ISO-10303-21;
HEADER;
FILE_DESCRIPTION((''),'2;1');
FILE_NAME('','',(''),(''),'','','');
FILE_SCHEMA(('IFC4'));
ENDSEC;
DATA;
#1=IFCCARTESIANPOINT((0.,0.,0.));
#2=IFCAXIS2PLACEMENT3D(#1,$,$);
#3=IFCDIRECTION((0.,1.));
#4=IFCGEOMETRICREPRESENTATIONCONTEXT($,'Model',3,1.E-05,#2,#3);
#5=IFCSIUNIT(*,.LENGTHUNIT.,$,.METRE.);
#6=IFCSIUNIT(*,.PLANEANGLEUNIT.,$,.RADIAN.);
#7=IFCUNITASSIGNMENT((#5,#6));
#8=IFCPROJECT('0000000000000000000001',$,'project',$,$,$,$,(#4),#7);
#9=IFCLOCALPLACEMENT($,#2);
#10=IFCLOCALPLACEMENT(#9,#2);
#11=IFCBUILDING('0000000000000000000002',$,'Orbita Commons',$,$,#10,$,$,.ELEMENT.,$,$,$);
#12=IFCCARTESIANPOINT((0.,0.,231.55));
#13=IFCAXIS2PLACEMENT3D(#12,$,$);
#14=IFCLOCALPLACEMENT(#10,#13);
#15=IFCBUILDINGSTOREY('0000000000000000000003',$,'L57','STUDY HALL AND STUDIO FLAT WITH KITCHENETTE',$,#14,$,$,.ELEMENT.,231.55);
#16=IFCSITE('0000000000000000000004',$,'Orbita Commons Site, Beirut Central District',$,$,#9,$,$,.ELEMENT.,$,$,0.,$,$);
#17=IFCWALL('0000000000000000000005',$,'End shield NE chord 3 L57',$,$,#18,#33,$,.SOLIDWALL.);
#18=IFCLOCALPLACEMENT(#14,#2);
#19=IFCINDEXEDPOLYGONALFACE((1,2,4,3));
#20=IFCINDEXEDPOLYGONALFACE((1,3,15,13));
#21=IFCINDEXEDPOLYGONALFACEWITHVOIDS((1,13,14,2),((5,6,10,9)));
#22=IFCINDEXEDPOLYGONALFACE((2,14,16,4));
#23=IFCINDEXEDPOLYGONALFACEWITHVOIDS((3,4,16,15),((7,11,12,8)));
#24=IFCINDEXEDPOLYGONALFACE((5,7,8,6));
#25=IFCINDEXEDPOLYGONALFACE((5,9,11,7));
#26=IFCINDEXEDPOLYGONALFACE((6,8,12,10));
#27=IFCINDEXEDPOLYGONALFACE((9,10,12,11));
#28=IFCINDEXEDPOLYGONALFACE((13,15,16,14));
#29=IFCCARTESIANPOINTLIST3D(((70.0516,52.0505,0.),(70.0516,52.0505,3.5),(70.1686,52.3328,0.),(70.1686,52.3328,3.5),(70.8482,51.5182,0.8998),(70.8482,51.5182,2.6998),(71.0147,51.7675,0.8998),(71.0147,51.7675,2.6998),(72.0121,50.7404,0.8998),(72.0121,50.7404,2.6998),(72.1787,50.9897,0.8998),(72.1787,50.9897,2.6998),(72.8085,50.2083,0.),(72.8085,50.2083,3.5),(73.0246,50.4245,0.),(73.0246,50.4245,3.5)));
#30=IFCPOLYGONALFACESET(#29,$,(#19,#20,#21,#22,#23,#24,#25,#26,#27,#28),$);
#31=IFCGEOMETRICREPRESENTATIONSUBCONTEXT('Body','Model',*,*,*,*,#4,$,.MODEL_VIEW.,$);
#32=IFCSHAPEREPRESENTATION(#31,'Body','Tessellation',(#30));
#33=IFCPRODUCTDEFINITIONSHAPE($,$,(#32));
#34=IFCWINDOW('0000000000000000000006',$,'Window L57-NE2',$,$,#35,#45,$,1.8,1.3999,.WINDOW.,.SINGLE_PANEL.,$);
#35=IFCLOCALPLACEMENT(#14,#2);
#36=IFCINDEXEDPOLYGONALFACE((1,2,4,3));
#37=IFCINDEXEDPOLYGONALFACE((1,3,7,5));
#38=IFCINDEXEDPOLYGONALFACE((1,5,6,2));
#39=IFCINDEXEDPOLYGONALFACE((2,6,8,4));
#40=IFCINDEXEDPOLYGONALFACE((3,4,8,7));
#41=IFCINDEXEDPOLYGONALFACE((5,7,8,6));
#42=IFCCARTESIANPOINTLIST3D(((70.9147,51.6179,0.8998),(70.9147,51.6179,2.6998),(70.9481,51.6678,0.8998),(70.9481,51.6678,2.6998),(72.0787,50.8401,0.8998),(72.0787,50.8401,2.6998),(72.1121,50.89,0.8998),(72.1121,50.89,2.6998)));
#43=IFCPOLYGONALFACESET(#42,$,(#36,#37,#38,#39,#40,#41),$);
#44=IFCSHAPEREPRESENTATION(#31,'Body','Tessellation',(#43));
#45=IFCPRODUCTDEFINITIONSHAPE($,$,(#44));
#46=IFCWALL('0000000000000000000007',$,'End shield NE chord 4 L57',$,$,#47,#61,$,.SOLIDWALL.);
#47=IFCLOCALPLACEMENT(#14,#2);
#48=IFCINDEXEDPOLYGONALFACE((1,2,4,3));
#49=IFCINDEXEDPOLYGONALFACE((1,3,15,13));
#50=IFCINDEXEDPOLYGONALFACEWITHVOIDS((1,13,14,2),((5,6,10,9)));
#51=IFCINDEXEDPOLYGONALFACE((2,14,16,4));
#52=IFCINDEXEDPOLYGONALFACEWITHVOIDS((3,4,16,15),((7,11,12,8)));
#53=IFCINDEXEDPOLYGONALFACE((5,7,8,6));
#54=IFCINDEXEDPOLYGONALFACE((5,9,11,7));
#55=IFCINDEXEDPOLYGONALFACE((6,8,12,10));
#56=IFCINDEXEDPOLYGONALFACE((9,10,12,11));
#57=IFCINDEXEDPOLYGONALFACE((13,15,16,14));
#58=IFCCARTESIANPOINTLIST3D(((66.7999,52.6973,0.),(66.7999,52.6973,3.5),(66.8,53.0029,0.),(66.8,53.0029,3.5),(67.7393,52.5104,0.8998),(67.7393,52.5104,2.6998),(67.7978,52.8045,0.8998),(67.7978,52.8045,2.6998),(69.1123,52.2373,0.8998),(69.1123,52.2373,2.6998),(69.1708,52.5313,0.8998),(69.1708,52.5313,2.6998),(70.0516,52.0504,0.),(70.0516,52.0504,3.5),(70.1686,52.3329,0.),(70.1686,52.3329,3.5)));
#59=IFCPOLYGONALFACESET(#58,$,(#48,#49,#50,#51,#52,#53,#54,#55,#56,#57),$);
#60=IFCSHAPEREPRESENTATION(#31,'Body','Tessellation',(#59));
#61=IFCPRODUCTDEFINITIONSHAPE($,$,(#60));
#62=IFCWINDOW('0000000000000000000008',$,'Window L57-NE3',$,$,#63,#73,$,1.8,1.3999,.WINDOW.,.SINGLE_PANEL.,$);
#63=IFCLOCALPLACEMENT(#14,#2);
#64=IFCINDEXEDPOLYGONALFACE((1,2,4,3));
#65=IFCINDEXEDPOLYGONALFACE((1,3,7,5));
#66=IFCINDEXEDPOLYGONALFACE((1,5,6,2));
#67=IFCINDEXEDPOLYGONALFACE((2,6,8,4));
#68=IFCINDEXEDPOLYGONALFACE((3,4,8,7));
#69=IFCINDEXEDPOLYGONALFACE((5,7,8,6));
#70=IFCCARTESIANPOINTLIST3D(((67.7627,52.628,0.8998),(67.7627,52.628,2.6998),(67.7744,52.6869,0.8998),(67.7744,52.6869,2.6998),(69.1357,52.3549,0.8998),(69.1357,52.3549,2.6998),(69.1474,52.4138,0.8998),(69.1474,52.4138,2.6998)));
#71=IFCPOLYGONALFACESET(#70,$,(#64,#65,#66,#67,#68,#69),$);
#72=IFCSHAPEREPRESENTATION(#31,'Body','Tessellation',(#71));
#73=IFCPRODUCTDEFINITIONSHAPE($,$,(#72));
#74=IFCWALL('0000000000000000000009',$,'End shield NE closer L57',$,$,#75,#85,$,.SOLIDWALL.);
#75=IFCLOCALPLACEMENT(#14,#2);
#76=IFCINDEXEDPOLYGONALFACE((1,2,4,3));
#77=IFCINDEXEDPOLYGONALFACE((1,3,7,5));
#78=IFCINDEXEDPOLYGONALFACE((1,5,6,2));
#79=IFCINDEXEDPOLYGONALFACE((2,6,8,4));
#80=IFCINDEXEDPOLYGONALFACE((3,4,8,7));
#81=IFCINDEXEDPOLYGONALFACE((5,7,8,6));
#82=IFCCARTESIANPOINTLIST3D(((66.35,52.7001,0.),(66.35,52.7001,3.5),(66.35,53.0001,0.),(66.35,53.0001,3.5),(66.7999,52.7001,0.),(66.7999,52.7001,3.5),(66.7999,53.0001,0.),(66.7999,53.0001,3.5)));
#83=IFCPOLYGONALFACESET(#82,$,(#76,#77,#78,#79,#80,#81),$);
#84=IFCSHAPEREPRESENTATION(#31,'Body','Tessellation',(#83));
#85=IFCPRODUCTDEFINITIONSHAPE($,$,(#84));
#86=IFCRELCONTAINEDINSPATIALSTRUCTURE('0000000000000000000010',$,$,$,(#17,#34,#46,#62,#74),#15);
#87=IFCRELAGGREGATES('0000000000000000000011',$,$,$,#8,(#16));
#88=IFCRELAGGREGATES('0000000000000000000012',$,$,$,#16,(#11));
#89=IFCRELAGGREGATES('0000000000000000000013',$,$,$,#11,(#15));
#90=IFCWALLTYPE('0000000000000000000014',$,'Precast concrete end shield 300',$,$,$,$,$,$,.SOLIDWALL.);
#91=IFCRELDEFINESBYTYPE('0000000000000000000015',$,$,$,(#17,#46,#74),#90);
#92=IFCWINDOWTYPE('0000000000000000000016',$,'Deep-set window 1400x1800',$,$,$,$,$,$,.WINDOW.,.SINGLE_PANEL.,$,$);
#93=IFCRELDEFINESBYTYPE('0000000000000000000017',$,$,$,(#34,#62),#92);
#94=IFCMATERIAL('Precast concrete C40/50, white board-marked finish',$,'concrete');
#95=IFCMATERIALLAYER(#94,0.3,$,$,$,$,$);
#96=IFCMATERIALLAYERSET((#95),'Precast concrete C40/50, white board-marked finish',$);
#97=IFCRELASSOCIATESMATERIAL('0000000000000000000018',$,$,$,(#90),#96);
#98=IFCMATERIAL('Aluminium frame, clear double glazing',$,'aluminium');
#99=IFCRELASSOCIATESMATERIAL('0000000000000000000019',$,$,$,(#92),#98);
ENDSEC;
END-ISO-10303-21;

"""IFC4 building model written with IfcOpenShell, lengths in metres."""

from ifc_helpers import new_model, si_unit, direction, frame, frame_2d, origin, place, context, subcontext, project, spatial, polyline, rectangle, outline, extrude, material, layer, layer_set, type_object, element, fill, save


model = new_model("IFC4")

# Units and contexts
model_context = context("Model", 3, precision=1e-05, world=origin(), true_north=direction((0.0, 1.0)))
body_context = subcontext(model_context, "Body", "Model", "MODEL_VIEW")
ifc_project = project(units=[si_unit("LENGTHUNIT", "METRE"), si_unit("PLANEANGLEUNIT", "RADIAN")], contexts=[model_context])

# Site, building, storey
site_placement = place(None, origin())
site = spatial("IfcSite", under=ifc_project, at=site_placement, Name="Orbita Commons Site, Beirut Central District", CompositionType="ELEMENT", RefElevation=0.0)
building_placement = place(site_placement, origin())
building = spatial("IfcBuilding", under=site, at=building_placement, Name="Orbita Commons", CompositionType="ELEMENT")
storey_placement = place(building_placement, frame((0.0, 0.0, 231.55)))
storey = spatial("IfcBuildingStorey", under=building, at=storey_placement, Name="L57", Description="STUDY HALL AND STUDIO FLAT WITH KITCHENETTE", CompositionType="ELEMENT", Elevation=231.55)

# Walls, openings, windows
ifc_material_1 = material(Name="Precast concrete C40/50, white board-marked finish", Category="concrete")
ifc_layer_1 = layer(ifc_material_1, 0.3)
ifc_layer_set_1 = layer_set([ifc_layer_1], Name="Precast concrete C40/50, white board-marked finish")
wall_type_1 = type_object("IfcWallType", Name="Precast concrete end shield 300", PredefinedType="SOLIDWALL", material=ifc_layer_set_1)
wall_1_placement = place(storey_placement, frame((72.9165, 50.3164, 0.0), z_axis=(0.0, 0.0, 1.0), x_axis=(-0.83146, 0.555585, 0.0)))
wall_1 = element("IfcWall", 1, at=wall_1_placement, inside=storey, type_object=wall_type_1, Name="End shield NE chord 3 L57", PredefinedType="SOLIDWALL", context=body_context, shape_type="SweptSolid", body=[
    extrude(outline(polyline([(-0.0298, -0.1499), (3.405, -0.1499), (3.3455, 0.1499), (0.0298, 0.1499), (-0.0298, -0.1499)])), origin(), (0.0, 0.0, 1.0), 3.5),
])
opening_1_placement = place(wall_1_placement, frame((0.9875, 0.0, 0.8999)))
opening_1 = element("IfcOpeningElement", 2, at=opening_1_placement, cuts=wall_1, PredefinedType="OPENING", context=body_context, shape_type="SweptSolid", body=[
    extrude(rectangle(XDim=1.3999, YDim=1.8, at=frame_2d((0.7, 0.8999))), frame((0.0, 0.1599, 0.0), z_axis=(0.0, -1.0, 0.0), x_axis=(1.0, 0.0, 0.0)), (0.0, 0.0, 1.0), 0.3201),
])
ifc_material_2 = material(Name="Aluminium frame, clear double glazing", Category="aluminium")
window_type = type_object("IfcWindowType", Name="Deep-set window 1400x1800", PartitioningType="SINGLE_PANEL", PredefinedType="WINDOW", material=ifc_material_2)
window_1_placement = place(opening_1_placement, origin())
window_1 = element("IfcWindow", 3, at=window_1_placement, inside=storey, type_object=window_type, Name="Window L57-NE2", OverallHeight=1.8, OverallWidth=1.3999, PartitioningType="SINGLE_PANEL", PredefinedType="WINDOW", context=body_context, shape_type="SweptSolid", body=[
    extrude(rectangle(XDim=1.3999, YDim=1.8, at=frame_2d((0.7, 0.8999))), frame((0.0, 0.03, 0.0), z_axis=(0.0, -1.0, 0.0), x_axis=(1.0, 0.0, 0.0)), (0.0, 0.0, 1.0), 0.0601),
])
fill(opening_1, window_1)
wall_2_placement = place(storey_placement, frame((70.1101, 52.1917, 0.0), z_axis=(0.0, 0.0, 1.0), x_axis=(-0.980783, 0.1951, 0.0)))
wall_2 = element("IfcWall", 4, at=wall_2_placement, inside=storey, type_object=wall_type_1, Name="End shield NE chord 4 L57", PredefinedType="SOLIDWALL", context=body_context, shape_type="SweptSolid", body=[
    extrude(outline(polyline([(-0.0298, -0.1499), (3.4048, -0.1499), (3.3452, 0.1499), (0.0298, 0.1499), (-0.0298, -0.1499)])), origin(), (0.0, 0.0, 1.0), 3.5),
])
opening_2_placement = place(wall_2_placement, frame((0.9875, 0.0, 0.8999)))
opening_2 = element("IfcOpeningElement", 5, at=opening_2_placement, cuts=wall_2, PredefinedType="OPENING", context=body_context, shape_type="SweptSolid", body=[
    extrude(rectangle(XDim=1.3999, YDim=1.8, at=frame_2d((0.7, 0.8999))), frame((0.0, 0.1599, 0.0), z_axis=(0.0, -1.0, 0.0), x_axis=(1.0, 0.0, 0.0)), (0.0, 0.0, 1.0), 0.3201),
])
window_2_placement = place(opening_2_placement, origin())
window_2 = element("IfcWindow", 6, at=window_2_placement, inside=storey, type_object=window_type, Name="Window L57-NE3", OverallHeight=1.8, OverallWidth=1.3999, PartitioningType="SINGLE_PANEL", PredefinedType="WINDOW", context=body_context, shape_type="SweptSolid", body=[
    extrude(rectangle(XDim=1.3999, YDim=1.8, at=frame_2d((0.7, 0.8999))), frame((0.0, 0.03, 0.0), z_axis=(0.0, -1.0, 0.0), x_axis=(1.0, 0.0, 0.0)), (0.0, 0.0, 1.0), 0.0601),
])
fill(opening_2, window_2)

# Wall
wall_3_placement = place(storey_placement, frame((66.8, 52.8501, 0.0), z_axis=(0.0, 0.0, 1.0), x_axis=(-1.0, 0.0, 0.0)))
element("IfcWall", 7, at=wall_3_placement, inside=storey, type_object=wall_type_1, Name="End shield NE closer L57", PredefinedType="SOLIDWALL", context=body_context, shape_type="SweptSolid", body=[
    extrude(rectangle(XDim=0.45, YDim=0.3, at=frame_2d((0.2251, 0.0))), origin(), (0.0, 0.0, 1.0), 3.5),
])

save(model, "model.ifc")
